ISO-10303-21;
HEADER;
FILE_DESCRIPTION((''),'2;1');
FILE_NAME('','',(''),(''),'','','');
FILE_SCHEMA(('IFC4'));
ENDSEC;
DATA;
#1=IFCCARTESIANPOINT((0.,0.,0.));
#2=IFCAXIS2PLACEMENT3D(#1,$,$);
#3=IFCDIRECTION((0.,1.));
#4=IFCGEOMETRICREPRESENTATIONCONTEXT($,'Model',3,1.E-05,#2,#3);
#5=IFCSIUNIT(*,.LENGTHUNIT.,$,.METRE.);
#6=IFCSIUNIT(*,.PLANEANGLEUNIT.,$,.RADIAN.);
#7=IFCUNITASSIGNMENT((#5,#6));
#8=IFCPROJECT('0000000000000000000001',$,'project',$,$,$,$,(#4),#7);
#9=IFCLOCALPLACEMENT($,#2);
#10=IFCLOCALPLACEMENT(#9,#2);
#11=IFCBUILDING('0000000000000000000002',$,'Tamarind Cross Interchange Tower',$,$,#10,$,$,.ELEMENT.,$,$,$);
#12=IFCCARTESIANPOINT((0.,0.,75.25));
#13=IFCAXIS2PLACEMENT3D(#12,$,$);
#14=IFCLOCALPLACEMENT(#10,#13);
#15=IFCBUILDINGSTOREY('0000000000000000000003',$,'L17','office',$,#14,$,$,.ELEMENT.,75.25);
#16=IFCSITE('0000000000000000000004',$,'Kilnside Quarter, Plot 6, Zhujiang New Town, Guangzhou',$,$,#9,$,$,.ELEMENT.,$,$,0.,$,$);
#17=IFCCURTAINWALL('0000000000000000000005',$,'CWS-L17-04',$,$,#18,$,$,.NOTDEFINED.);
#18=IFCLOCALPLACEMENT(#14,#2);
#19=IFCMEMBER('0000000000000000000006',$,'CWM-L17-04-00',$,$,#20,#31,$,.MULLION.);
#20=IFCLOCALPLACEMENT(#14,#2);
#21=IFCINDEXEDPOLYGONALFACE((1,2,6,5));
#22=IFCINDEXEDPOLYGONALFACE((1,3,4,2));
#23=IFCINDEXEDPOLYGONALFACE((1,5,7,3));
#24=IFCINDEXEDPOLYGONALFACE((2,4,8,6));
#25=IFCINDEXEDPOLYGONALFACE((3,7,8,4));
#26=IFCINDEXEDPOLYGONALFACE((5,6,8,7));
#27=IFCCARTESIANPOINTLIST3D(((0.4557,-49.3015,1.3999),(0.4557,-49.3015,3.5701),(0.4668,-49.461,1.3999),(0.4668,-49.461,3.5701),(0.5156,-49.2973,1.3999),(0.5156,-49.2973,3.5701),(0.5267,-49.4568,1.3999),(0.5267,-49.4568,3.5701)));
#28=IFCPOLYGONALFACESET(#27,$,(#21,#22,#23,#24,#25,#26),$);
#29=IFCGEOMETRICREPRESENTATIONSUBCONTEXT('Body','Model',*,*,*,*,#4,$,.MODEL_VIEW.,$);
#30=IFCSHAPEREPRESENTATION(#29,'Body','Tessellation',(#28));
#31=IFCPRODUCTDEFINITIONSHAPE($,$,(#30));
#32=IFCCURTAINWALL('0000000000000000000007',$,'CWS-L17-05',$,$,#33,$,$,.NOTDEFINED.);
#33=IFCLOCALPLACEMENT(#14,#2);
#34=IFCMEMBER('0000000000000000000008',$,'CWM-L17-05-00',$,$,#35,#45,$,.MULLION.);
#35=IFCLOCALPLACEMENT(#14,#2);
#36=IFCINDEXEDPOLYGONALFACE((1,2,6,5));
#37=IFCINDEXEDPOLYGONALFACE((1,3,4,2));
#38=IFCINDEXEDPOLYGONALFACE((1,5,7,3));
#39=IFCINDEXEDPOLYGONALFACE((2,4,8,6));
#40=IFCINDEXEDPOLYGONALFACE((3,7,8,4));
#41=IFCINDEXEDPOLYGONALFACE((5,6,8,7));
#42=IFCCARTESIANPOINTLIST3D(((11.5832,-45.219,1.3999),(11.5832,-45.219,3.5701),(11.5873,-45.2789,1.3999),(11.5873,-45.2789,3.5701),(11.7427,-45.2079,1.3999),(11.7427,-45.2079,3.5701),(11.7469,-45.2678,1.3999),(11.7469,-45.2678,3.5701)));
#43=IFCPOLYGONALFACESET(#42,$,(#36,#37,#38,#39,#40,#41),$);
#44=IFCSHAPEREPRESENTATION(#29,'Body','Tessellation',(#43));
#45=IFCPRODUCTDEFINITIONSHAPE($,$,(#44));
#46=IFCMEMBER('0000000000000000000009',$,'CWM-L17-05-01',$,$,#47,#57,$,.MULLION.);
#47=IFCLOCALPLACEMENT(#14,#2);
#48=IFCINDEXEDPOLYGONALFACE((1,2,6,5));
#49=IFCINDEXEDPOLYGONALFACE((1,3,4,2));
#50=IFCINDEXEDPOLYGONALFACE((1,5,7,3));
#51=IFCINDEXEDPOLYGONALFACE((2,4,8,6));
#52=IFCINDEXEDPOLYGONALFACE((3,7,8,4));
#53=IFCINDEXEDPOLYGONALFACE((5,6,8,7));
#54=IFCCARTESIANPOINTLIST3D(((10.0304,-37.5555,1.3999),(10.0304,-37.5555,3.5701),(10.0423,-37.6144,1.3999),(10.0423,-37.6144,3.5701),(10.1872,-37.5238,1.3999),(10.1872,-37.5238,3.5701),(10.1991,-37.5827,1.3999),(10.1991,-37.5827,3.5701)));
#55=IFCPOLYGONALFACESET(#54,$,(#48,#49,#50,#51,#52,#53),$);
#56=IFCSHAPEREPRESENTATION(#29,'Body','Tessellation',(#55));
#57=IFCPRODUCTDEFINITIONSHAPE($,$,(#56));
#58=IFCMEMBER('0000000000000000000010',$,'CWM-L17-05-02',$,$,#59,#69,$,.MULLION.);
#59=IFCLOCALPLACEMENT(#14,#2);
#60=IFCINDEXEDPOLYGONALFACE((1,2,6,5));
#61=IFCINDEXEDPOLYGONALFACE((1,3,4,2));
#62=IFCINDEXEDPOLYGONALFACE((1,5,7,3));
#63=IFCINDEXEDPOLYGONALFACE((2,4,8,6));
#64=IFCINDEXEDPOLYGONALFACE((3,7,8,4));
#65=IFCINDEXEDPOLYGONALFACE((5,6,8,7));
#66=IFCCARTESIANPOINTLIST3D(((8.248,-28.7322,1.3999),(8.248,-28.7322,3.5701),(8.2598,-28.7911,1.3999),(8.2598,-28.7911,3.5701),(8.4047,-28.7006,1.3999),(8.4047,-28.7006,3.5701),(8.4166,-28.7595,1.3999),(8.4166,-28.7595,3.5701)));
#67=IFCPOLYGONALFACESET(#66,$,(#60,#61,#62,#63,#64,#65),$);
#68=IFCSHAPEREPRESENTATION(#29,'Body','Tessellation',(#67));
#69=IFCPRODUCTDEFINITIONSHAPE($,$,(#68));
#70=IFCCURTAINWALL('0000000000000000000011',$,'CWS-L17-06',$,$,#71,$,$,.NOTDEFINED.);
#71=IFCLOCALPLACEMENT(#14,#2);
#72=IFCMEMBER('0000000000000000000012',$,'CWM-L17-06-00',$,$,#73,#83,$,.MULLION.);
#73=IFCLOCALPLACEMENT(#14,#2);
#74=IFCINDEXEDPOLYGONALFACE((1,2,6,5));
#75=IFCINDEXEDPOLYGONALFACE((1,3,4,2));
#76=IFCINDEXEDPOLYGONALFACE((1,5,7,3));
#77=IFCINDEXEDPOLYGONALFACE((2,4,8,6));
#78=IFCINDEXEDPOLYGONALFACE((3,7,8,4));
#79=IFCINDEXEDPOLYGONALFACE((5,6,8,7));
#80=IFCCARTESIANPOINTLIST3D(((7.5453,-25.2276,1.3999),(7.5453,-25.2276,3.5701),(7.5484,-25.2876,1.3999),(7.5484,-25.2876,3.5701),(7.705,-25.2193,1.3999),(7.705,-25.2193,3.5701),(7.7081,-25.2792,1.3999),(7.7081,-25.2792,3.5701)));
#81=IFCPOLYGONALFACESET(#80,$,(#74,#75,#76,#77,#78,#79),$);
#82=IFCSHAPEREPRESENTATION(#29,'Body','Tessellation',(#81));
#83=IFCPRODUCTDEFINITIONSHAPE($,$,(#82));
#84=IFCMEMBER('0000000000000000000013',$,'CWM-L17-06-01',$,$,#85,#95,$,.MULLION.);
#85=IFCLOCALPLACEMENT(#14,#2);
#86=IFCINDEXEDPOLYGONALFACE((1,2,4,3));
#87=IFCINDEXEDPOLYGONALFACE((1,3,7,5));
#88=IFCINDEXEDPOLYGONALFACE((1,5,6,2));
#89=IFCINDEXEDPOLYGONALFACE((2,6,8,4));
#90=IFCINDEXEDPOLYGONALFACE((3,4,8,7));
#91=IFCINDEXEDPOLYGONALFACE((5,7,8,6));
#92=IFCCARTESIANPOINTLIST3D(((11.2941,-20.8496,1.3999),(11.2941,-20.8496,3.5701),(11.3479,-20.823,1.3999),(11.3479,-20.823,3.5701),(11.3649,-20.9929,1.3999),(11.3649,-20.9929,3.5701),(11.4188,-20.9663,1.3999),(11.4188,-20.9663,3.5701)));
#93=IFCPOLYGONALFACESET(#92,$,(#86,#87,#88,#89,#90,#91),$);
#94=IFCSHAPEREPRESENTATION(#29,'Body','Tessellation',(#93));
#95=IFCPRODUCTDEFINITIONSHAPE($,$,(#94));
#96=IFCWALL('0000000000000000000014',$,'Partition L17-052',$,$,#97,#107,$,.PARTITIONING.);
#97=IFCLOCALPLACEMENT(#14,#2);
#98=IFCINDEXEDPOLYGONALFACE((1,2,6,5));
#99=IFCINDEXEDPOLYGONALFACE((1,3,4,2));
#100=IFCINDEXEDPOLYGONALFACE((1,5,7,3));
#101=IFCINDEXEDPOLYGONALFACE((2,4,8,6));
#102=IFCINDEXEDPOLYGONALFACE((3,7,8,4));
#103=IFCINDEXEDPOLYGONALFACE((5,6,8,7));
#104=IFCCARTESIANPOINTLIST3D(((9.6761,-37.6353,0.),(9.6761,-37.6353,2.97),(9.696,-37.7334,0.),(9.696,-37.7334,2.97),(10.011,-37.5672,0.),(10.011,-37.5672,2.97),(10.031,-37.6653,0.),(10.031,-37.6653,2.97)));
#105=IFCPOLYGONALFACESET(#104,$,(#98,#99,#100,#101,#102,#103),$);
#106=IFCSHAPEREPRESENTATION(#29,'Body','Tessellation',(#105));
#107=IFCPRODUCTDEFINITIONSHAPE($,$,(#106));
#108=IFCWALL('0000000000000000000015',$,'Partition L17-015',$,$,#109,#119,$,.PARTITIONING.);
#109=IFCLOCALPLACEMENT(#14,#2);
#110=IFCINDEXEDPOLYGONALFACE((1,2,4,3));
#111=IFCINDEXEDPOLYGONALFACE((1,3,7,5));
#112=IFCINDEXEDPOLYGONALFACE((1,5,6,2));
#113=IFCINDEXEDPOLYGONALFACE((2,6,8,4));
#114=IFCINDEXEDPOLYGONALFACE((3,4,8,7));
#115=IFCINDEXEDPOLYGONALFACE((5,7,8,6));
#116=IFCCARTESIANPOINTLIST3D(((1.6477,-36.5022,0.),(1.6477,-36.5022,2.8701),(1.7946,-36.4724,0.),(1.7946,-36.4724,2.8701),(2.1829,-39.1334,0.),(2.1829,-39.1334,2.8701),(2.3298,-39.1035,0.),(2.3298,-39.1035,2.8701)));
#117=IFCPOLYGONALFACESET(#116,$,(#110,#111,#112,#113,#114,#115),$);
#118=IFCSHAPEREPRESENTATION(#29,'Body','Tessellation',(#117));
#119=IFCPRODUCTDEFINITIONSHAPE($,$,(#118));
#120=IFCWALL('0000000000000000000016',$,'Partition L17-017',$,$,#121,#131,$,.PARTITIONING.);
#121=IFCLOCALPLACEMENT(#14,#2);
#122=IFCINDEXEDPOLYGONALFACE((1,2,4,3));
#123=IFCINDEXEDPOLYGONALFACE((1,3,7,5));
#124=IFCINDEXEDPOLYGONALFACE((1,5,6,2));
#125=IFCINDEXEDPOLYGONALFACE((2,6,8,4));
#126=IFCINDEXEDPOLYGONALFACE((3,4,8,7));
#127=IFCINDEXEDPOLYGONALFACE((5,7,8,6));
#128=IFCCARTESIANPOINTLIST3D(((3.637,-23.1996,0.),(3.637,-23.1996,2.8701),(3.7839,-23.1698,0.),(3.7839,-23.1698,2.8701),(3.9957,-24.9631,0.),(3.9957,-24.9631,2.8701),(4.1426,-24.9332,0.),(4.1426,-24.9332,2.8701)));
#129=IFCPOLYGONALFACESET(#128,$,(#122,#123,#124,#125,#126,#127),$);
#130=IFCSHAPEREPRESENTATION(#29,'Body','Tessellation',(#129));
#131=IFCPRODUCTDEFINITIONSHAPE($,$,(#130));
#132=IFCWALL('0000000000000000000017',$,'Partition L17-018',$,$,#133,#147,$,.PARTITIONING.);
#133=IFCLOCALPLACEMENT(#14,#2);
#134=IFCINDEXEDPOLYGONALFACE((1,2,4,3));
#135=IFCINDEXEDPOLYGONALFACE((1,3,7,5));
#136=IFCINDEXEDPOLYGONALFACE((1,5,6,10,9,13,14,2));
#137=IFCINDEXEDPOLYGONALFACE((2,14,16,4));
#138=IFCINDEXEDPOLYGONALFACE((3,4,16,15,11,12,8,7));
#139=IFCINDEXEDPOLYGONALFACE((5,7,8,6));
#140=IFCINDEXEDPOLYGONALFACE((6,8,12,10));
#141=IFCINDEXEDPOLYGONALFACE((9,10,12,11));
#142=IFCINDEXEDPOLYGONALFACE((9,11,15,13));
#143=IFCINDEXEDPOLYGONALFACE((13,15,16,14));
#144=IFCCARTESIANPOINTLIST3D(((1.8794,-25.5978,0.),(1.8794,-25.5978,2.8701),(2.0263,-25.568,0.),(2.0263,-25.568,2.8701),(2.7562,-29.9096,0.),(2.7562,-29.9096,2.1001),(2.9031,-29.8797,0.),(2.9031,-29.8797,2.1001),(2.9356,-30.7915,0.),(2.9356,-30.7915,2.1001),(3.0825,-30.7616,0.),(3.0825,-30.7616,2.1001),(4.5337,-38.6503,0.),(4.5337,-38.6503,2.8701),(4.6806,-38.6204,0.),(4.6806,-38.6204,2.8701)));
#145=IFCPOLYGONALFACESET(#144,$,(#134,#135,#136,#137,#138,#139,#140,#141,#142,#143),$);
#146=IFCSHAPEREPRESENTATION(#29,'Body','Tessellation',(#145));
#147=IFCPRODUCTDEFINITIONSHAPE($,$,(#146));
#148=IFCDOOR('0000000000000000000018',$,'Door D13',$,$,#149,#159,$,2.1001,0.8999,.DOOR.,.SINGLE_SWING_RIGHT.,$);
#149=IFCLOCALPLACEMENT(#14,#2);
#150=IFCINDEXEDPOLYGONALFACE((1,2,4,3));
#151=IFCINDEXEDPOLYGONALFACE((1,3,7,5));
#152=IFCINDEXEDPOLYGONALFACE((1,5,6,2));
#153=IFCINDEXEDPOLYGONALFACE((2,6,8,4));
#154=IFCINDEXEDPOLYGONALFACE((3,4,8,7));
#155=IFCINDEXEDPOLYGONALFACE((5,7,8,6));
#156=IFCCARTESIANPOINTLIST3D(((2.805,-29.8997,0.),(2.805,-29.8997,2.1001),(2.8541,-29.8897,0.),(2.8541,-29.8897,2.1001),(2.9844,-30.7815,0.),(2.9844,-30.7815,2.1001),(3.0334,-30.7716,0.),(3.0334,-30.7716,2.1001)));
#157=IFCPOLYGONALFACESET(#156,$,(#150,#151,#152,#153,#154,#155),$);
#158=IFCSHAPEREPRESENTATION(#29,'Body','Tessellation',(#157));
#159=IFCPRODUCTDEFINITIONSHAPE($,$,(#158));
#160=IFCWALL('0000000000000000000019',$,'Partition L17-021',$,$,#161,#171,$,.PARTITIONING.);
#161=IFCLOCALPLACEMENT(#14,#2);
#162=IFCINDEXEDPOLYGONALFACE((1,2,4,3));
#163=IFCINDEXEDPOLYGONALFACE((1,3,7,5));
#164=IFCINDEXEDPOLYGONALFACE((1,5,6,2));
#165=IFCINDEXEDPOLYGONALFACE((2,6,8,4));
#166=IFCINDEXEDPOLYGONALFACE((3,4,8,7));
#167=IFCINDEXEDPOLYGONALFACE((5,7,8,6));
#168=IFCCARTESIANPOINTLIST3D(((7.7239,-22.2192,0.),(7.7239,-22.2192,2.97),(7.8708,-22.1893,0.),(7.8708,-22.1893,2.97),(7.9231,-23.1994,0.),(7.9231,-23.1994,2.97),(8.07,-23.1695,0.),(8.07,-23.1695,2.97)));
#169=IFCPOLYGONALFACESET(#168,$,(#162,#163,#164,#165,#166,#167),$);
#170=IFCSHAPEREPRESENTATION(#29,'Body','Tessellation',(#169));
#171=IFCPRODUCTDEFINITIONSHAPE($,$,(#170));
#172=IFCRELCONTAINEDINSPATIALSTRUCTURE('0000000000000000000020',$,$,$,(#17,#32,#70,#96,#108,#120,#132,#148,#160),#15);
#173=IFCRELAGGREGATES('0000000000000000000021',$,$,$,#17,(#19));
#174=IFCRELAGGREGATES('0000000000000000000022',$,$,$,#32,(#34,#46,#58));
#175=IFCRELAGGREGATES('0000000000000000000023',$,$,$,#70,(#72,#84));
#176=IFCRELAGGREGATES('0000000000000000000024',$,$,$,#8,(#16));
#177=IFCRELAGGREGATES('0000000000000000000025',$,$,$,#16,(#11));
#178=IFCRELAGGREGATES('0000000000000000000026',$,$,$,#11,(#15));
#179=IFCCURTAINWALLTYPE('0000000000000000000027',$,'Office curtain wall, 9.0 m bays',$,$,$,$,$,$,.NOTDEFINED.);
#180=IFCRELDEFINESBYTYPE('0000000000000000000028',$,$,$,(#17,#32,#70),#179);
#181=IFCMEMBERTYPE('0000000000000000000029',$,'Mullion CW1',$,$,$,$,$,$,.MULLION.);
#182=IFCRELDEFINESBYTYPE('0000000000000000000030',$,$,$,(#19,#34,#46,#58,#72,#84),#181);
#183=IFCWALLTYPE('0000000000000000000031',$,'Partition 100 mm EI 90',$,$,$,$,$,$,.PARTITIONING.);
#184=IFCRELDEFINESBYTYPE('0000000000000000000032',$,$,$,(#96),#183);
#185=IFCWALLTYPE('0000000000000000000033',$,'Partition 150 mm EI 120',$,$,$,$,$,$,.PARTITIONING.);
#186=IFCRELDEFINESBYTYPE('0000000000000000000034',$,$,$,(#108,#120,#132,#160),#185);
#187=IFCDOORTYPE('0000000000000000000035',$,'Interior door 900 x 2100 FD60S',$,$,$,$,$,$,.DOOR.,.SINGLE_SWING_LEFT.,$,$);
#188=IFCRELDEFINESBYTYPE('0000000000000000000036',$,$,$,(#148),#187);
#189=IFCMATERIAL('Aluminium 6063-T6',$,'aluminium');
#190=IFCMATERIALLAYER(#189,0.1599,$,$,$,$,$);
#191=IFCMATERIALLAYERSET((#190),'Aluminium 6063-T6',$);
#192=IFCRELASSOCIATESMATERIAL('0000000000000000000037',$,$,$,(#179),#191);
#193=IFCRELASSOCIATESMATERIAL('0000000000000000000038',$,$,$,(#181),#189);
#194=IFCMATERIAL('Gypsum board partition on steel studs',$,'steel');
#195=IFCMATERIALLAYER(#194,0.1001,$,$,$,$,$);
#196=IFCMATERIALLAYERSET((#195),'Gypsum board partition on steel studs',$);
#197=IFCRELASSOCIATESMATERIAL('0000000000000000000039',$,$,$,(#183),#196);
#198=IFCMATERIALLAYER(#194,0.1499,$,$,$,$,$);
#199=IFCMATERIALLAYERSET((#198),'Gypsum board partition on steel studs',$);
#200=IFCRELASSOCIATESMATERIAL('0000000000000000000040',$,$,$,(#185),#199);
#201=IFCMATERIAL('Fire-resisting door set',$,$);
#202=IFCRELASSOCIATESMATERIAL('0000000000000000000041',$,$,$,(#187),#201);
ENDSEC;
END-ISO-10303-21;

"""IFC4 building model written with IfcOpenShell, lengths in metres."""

from ifc_helpers import new_model, si_unit, direction, frame, frame_2d, origin, origin_2d, place, context, subcontext, project, spatial, rectangle, extrude, material, layer, layer_set, material_profile, profile_set, type_object, element, fill, aggregate, save


model = new_model("IFC4")

# Units and contexts
model_context = context("Model", 3, precision=1e-05, world=origin(), true_north=direction((0.0, 1.0)))
body_context = subcontext(model_context, "Body", "Model", "MODEL_VIEW")
ifc_project = project(units=[si_unit("LENGTHUNIT", "METRE"), si_unit("PLANEANGLEUNIT", "RADIAN")], contexts=[model_context])

# Site, building, storey
site_placement = place(None, origin())
site = spatial("IfcSite", under=ifc_project, at=site_placement, Name="Kilnside Quarter, Plot 6, Zhujiang New Town, Guangzhou", CompositionType="ELEMENT", RefElevation=0.0)
building_placement = place(site_placement, origin())
building = spatial("IfcBuilding", under=site, at=building_placement, Name="Tamarind Cross Interchange Tower", CompositionType="ELEMENT")
storey_placement = place(building_placement, frame((0.0, 0.0, 75.25)))
storey = spatial("IfcBuildingStorey", under=building, at=storey_placement, Name="L17", Description="office", CompositionType="ELEMENT", Elevation=75.25)

# Curtain wall, member
ifc_material_1 = material(Name="Aluminium 6063-T6", Category="aluminium")
ifc_layer_1 = layer(ifc_material_1, 0.1599)
ifc_layer_set_1 = layer_set([ifc_layer_1], Name="Aluminium 6063-T6")
curtain_wall_type = type_object("IfcCurtainWallType", Name="Office curtain wall, 9.0 m bays", PredefinedType="NOTDEFINED", material=ifc_layer_set_1)
curtain_wall_1_placement = place(storey_placement, origin())
curtain_wall_1 = element("IfcCurtainWall", 1, at=curtain_wall_1_placement, inside=storey, type_object=curtain_wall_type, Name="CWS-L17-04", PredefinedType="NOTDEFINED")
ifc_material_profile_1 = material_profile(ifc_material_1, rectangle(XDim=0.0601, YDim=0.1599, at=origin_2d()), Name="Mullion CW1")
ifc_profile_set_1 = profile_set([ifc_material_profile_1], Name="Aluminium 6063-T6")
member_type = type_object("IfcMemberType", Name="Mullion CW1", PredefinedType="MULLION", material=ifc_profile_set_1)
member_1_placement = place(storey_placement, frame((0.4912, -49.3792, 1.3999), z_axis=(0.0, 0.0, 1.0), x_axis=(0.997573, 0.069631, 0.0)))
member_1 = element("IfcMember", 2, at=member_1_placement, type_object=member_type, Name="CWM-L17-04-00", PredefinedType="MULLION", context=body_context, shape_type="SweptSolid", body=[
    extrude(rectangle(XDim=0.0601, YDim=0.1599, at=origin_2d()), origin(), (0.0, 0.0, 1.0), 2.1702),
])
aggregate(curtain_wall_1, [member_1])

# Curtain walls, members
curtain_wall_2_placement = place(storey_placement, origin())
curtain_wall_2 = element("IfcCurtainWall", 3, at=curtain_wall_2_placement, inside=storey, type_object=curtain_wall_type, Name="CWS-L17-05", PredefinedType="NOTDEFINED")
member_2_placement = place(storey_placement, frame((11.665, -45.2434, 1.3999), z_axis=(0.0, 0.0, 1.0), x_axis=(-0.069009, 0.997616, 0.0)))
member_2 = element("IfcMember", 4, at=member_2_placement, type_object=member_type, Name="CWM-L17-05-00", PredefinedType="MULLION", context=body_context, shape_type="SweptSolid", body=[
    extrude(rectangle(XDim=0.0601, YDim=0.1599, at=origin_2d()), origin(), (0.0, 0.0, 1.0), 2.1702),
])
member_3_placement = place(storey_placement, frame((10.1147, -37.5691, 1.3999), z_axis=(0.0, 0.0, 1.0), x_axis=(-0.198023, 0.980197, 0.0)))
member_3 = element("IfcMember", 5, at=member_3_placement, type_object=member_type, Name="CWM-L17-05-01", PredefinedType="MULLION", context=body_context, shape_type="SweptSolid", body=[
    extrude(rectangle(XDim=0.0601, YDim=0.1599, at=origin_2d()), origin(), (0.0, 0.0, 1.0), 2.1702),
])
member_4_placement = place(storey_placement, frame((8.3323, -28.7458, 1.3999), z_axis=(0.0, 0.0, 1.0), x_axis=(-0.198023, 0.980197, 0.0)))
member_4 = element("IfcMember", 6, at=member_4_placement, type_object=member_type, Name="CWM-L17-05-02", PredefinedType="MULLION", context=body_context, shape_type="SweptSolid", body=[
    extrude(rectangle(XDim=0.0601, YDim=0.1599, at=origin_2d()), origin(), (0.0, 0.0, 1.0), 2.1702),
])
aggregate(curtain_wall_2, [member_2, member_3, member_4])
curtain_wall_3_placement = place(storey_placement, origin())
curtain_wall_3 = element("IfcCurtainWall", 7, at=curtain_wall_3_placement, inside=storey, type_object=curtain_wall_type, Name="CWS-L17-06", PredefinedType="NOTDEFINED")
member_5_placement = place(storey_placement, frame((7.6267, -25.2534, 1.3999), z_axis=(0.0, 0.0, 1.0), x_axis=(-0.052249, 0.998634, 0.0)))
member_5 = element("IfcMember", 8, at=member_5_placement, type_object=member_type, Name="CWM-L17-06-00", PredefinedType="MULLION", context=body_context, shape_type="SweptSolid", body=[
    extrude(rectangle(XDim=0.0601, YDim=0.1599, at=origin_2d()), origin(), (0.0, 0.0, 1.0), 2.1702),
])
member_6_placement = place(storey_placement, frame((11.3564, -20.908, 1.3999), z_axis=(0.0, 0.0, 1.0), x_axis=(0.896493, 0.443059, 0.0)))
member_6 = element("IfcMember", 9, at=member_6_placement, type_object=member_type, Name="CWM-L17-06-01", PredefinedType="MULLION", context=body_context, shape_type="SweptSolid", body=[
    extrude(rectangle(XDim=0.0601, YDim=0.1599, at=origin_2d()), origin(), (0.0, 0.0, 1.0), 2.1702),
])
aggregate(curtain_wall_3, [member_5, member_6])

# Walls
ifc_material_2 = material(Name="Gypsum board partition on steel studs", Category="steel")
ifc_layer_2 = layer(ifc_material_2, 0.1001)
ifc_layer_set_2 = layer_set([ifc_layer_2], Name="Gypsum board partition on steel studs")
wall_type_1 = type_object("IfcWallType", Name="Partition 100 mm EI 90", PredefinedType="PARTITIONING", material=ifc_layer_set_2)
wall_1_placement = place(storey_placement, frame((9.686, -37.6843, 0.0), z_axis=(0.0, 0.0, 1.0), x_axis=(0.979944, 0.199274, 0.0)))
element("IfcWall", 10, at=wall_1_placement, inside=storey, type_object=wall_type_1, Name="Partition L17-052", PredefinedType="PARTITIONING", context=body_context, shape_type="SweptSolid", body=[
    extrude(rectangle(XDim=0.3418, YDim=0.1001, at=frame_2d((0.1709, 0.0))), origin(), (0.0, 0.0, 1.0), 2.97),
])
ifc_layer_3 = layer(ifc_material_2, 0.1499)
ifc_layer_set_3 = layer_set([ifc_layer_3], Name="Gypsum board partition on steel studs")
wall_type_2 = type_object("IfcWallType", Name="Partition 150 mm EI 120", PredefinedType="PARTITIONING", material=ifc_layer_set_3)
wall_2_placement = place(storey_placement, frame((1.7212, -36.4873, 0.0), z_axis=(0.0, 0.0, 1.0), x_axis=(0.199315, -0.979935, 0.0)))
element("IfcWall", 11, at=wall_2_placement, inside=storey, type_object=wall_type_2, Name="Partition L17-015", PredefinedType="PARTITIONING", context=body_context, shape_type="SweptSolid", body=[
    extrude(rectangle(XDim=2.6851, YDim=0.1499, at=frame_2d((1.3425, 0.0))), origin(), (0.0, 0.0, 1.0), 2.8701),
])
wall_3_placement = place(storey_placement, frame((3.7104, -23.1846, 0.0), z_axis=(0.0, 0.0, 1.0), x_axis=(0.199298, -0.979939, 0.0)))
element("IfcWall", 12, at=wall_3_placement, inside=storey, type_object=wall_type_2, Name="Partition L17-017", PredefinedType="PARTITIONING", context=body_context, shape_type="SweptSolid", body=[
    extrude(rectangle(XDim=1.7996, YDim=0.1499, at=frame_2d((0.8999, 0.0))), origin(), (0.0, 0.0, 1.0), 2.8701),
])

# Wall, opening, door
wall_4_placement = place(storey_placement, frame((1.9529, -25.583, 0.0), z_axis=(0.0, 0.0, 1.0), x_axis=(0.199277, -0.979943, 0.0)))
wall_4 = element("IfcWall", 13, at=wall_4_placement, inside=storey, type_object=wall_type_2, Name="Partition L17-018", PredefinedType="PARTITIONING", context=body_context, shape_type="SweptSolid", body=[
    extrude(rectangle(XDim=13.3196, YDim=0.1499, at=frame_2d((6.6597, 0.0))), origin(), (0.0, 0.0, 1.0), 2.8701),
])
opening_1_placement = place(wall_4_placement, frame((4.3999, 0.0, 0.0)))
opening_1 = element("IfcOpeningElement", 14, at=opening_1_placement, cuts=wall_4, PredefinedType="OPENING", context=body_context, shape_type="SweptSolid", body=[
    extrude(rectangle(XDim=0.8999, YDim=2.1001, at=frame_2d((0.45, 1.05))), frame((0.0, 0.085, 0.0), z_axis=(0.0, -1.0, 0.0), x_axis=(1.0, 0.0, 0.0)), (0.0, 0.0, 1.0), 0.1699),
])
ifc_material_3 = material(Name="Fire-resisting door set")
door_type_1 = type_object("IfcDoorType", Name="Interior door 900 x 2100 FD60S", OperationType="SINGLE_SWING_LEFT", PredefinedType="DOOR", material=ifc_material_3)
door_1_placement = place(opening_1_placement, origin())
door_1 = element("IfcDoor", 15, at=door_1_placement, inside=storey, type_object=door_type_1, Name="Door D13", OperationType="SINGLE_SWING_RIGHT", OverallHeight=2.1001, OverallWidth=0.8999, PredefinedType="DOOR", context=body_context, shape_type="SweptSolid", body=[
    extrude(rectangle(XDim=0.8999, YDim=2.1001, at=frame_2d((0.45, 1.05))), frame((0.0, 0.0249, 0.0), z_axis=(0.0, -1.0, 0.0), x_axis=(1.0, 0.0, 0.0)), (0.0, 0.0, 1.0), 0.05),
])
fill(opening_1, door_1)

# Wall
wall_5_placement = place(storey_placement, frame((7.7974, -22.2043, 0.0), z_axis=(0.0, 0.0, 1.0), x_axis=(0.199166, -0.979966, 0.0)))
element("IfcWall", 16, at=wall_5_placement, inside=storey, type_object=wall_type_2, Name="Partition L17-021", PredefinedType="PARTITIONING", context=body_context, shape_type="SweptSolid", body=[
    extrude(rectangle(XDim=1.0002, YDim=0.1499, at=frame_2d((0.5, 0.0))), origin(), (0.0, 0.0, 1.0), 2.97),
])

save(model, "model.ifc")
